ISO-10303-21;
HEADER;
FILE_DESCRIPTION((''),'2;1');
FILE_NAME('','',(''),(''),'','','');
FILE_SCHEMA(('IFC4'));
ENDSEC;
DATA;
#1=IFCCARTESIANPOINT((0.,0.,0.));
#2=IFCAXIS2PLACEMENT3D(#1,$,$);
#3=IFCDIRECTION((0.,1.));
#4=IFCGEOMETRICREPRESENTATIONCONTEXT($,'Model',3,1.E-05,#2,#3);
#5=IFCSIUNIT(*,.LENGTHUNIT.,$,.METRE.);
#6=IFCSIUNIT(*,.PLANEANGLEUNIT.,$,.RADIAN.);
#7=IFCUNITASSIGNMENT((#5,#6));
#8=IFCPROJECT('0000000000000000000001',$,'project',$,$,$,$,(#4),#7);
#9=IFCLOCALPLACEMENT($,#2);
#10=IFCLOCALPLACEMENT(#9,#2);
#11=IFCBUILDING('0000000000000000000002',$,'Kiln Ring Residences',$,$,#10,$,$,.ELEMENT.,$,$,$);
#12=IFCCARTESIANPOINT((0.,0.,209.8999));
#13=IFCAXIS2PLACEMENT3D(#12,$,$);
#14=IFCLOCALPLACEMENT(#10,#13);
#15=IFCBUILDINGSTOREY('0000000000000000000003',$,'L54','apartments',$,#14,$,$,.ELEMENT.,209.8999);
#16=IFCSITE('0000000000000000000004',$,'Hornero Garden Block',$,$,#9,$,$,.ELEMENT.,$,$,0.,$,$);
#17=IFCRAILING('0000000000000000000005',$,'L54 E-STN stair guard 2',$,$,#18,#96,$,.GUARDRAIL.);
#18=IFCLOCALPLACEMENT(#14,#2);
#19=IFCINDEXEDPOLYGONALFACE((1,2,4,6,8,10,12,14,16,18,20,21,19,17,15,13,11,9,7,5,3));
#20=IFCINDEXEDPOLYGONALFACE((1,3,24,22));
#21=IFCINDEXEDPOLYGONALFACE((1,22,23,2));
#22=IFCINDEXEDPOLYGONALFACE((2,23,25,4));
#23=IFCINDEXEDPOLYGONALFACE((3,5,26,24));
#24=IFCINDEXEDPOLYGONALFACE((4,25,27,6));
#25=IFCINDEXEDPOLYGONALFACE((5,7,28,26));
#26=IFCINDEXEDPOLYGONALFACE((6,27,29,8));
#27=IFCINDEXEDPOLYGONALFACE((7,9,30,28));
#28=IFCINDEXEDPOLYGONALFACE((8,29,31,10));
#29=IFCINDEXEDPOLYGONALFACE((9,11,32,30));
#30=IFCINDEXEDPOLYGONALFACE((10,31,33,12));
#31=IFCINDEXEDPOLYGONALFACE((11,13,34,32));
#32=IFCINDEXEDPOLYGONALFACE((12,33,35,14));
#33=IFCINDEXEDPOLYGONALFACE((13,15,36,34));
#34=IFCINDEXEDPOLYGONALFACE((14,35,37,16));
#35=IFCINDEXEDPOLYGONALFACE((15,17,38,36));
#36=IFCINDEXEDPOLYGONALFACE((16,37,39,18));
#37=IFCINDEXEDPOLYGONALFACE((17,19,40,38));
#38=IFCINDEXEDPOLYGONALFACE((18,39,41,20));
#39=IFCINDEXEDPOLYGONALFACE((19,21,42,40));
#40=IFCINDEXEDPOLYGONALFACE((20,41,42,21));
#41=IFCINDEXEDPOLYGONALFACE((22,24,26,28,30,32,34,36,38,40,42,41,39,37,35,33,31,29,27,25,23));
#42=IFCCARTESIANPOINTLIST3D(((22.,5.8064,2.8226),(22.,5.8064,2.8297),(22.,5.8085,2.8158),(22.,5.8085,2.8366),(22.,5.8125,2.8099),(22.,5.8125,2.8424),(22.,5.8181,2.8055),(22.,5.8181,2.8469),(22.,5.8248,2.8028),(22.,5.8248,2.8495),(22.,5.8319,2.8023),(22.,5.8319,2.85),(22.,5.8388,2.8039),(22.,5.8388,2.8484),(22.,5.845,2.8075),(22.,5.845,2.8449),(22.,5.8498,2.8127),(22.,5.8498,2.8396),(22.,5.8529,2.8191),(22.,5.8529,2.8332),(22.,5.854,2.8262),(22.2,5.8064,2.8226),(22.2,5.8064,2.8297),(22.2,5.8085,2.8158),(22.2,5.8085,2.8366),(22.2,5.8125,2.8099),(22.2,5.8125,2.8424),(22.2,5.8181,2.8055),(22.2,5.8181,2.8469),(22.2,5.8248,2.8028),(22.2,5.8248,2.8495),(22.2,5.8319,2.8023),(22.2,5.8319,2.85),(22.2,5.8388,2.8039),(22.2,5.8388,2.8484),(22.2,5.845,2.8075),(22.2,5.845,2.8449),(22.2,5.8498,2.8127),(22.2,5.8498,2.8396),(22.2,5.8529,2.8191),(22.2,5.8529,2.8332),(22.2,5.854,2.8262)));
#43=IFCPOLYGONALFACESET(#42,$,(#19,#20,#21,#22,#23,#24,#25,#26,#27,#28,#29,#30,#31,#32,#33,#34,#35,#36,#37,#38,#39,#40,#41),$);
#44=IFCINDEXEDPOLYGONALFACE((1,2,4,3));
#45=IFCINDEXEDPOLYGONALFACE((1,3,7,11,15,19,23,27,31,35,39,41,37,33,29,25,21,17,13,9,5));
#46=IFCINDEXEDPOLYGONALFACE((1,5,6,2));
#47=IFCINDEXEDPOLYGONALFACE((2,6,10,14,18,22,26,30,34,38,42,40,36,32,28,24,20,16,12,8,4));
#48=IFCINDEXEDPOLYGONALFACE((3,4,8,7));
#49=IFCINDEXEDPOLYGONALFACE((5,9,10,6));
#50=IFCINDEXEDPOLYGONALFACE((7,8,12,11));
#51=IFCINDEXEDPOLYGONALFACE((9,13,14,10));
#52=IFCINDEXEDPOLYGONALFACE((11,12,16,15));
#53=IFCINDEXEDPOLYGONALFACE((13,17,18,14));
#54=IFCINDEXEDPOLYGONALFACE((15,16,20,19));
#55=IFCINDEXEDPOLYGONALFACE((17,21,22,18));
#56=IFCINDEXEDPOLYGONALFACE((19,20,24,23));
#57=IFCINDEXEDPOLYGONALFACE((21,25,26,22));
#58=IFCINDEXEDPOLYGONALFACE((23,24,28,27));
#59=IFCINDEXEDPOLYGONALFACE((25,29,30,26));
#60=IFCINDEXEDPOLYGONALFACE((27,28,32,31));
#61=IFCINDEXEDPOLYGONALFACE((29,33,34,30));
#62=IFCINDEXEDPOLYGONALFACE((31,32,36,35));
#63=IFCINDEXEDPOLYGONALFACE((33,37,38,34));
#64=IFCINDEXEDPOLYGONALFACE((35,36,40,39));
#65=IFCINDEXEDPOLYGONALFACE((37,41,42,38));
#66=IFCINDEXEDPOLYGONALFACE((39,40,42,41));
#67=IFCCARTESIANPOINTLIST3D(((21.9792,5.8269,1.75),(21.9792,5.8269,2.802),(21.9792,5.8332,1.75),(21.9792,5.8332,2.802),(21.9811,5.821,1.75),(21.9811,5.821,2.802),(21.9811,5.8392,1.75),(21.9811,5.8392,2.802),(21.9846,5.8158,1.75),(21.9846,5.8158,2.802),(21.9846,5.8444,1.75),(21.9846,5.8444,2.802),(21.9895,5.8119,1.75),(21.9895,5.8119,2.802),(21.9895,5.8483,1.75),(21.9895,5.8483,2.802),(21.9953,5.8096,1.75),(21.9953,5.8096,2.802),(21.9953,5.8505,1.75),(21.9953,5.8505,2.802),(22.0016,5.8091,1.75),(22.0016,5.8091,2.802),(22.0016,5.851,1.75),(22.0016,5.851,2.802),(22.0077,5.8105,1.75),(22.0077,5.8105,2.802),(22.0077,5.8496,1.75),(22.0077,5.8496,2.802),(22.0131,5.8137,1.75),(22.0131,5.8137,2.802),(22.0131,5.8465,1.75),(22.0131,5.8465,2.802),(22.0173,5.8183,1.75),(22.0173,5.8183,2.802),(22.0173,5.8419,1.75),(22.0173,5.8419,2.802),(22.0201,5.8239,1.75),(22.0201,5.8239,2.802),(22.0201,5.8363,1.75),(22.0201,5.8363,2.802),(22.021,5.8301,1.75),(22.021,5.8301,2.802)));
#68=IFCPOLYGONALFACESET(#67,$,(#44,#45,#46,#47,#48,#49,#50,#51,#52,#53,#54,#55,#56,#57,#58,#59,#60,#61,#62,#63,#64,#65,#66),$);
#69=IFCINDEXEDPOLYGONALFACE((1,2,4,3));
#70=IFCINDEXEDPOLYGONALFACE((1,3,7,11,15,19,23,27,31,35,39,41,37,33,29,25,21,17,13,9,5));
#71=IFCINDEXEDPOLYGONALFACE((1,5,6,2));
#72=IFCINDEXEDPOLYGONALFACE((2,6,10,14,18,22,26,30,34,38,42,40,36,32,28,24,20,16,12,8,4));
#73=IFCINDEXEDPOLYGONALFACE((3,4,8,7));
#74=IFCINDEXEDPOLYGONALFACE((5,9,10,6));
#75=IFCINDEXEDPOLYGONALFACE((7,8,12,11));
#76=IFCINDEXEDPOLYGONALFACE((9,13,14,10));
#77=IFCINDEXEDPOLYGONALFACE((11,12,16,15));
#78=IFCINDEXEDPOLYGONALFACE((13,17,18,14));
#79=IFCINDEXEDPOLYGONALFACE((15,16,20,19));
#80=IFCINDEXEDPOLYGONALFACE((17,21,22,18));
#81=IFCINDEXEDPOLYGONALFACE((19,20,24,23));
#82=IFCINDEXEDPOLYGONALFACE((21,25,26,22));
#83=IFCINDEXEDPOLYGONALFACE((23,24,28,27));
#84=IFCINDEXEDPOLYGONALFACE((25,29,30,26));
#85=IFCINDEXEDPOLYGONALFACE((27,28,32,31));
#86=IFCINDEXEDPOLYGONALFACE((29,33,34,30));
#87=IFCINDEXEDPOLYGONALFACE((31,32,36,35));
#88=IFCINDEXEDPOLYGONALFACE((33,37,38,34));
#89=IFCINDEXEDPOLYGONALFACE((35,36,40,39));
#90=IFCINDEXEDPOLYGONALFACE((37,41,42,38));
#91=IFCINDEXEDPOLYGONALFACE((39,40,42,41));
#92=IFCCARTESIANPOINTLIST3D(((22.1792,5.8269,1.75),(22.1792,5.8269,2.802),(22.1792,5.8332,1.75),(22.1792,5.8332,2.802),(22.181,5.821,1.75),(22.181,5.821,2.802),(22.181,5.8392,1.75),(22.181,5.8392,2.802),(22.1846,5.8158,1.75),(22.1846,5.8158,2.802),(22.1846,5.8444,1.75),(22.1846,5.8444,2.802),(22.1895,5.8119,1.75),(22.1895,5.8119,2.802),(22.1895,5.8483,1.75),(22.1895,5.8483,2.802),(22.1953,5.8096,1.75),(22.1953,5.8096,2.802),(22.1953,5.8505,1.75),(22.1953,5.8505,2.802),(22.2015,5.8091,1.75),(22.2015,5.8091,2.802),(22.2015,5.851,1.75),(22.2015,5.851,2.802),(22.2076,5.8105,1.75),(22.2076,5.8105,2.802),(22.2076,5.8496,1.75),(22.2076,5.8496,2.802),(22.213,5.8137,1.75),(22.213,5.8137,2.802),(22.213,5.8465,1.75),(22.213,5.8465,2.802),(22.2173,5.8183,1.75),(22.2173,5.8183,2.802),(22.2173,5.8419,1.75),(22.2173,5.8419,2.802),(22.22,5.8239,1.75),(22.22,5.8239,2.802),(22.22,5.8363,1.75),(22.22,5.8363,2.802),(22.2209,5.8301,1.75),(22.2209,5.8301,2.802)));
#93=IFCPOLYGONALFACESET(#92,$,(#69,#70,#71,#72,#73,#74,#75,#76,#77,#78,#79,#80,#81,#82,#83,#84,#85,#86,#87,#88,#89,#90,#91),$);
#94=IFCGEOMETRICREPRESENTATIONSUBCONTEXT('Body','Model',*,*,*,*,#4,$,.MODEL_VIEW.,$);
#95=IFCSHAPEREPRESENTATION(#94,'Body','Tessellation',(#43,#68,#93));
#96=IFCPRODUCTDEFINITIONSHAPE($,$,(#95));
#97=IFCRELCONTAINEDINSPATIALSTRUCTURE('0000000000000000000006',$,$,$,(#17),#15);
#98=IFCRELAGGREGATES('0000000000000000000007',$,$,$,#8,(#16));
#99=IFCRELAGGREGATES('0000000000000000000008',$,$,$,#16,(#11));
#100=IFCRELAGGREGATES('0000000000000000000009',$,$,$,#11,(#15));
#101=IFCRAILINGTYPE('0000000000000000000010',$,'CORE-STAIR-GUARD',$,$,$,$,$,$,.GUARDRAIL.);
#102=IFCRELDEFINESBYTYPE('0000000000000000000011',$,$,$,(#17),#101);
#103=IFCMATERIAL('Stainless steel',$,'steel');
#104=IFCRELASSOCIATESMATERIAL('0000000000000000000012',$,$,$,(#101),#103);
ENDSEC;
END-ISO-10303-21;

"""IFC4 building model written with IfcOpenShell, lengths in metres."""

from ifc_helpers import new_model, si_unit, direction, frame, origin, origin_2d, place, context, subcontext, project, spatial, circle, extrude, material, type_object, element, save


model = new_model("IFC4")

# Units and contexts
model_context = context("Model", 3, precision=1e-05, world=origin(), true_north=direction((0.0, 1.0)))
body_context = subcontext(model_context, "Body", "Model", "MODEL_VIEW")
ifc_project = project(units=[si_unit("LENGTHUNIT", "METRE"), si_unit("PLANEANGLEUNIT", "RADIAN")], contexts=[model_context])

# Site, building, storey
site_placement = place(None, origin())
site = spatial("IfcSite", under=ifc_project, at=site_placement, Name="Hornero Garden Block", CompositionType="ELEMENT", RefElevation=0.0)
building_placement = place(site_placement, origin())
building = spatial("IfcBuilding", under=site, at=building_placement, Name="Kiln Ring Residences", CompositionType="ELEMENT")
storey_placement = place(building_placement, frame((0.0, 0.0, 209.8999)))
storey = spatial("IfcBuildingStorey", under=building, at=storey_placement, Name="L54", Description="apartments", CompositionType="ELEMENT", Elevation=209.8999)

# Railing
ifc_material_1 = material(Name="Stainless steel", Category="steel")
railing_type_1 = type_object("IfcRailingType", Name="CORE-STAIR-GUARD", PredefinedType="GUARDRAIL", material=ifc_material_1)
railing_1_placement = place(storey_placement, frame((22.0, 5.8301, 1.75)))
element("IfcRailing", 1, at=railing_1_placement, inside=storey, type_object=railing_type_1, Name="L54 E-STN stair guard 2", PredefinedType="GUARDRAIL", context=body_context, shape_type="SweptSolid", body=[
    extrude(circle(Radius=0.0239, at=origin_2d()), frame((0.0, 0.0, 1.0762), z_axis=(1.0, 0.0, 0.0), x_axis=(0.0, 1.0, 0.0)), (0.0, 0.0, 1.0), 0.2),
    extrude(circle(Radius=0.021, at=origin_2d()), origin(), (0.0, 0.0, 1.0), 1.052),
    extrude(circle(Radius=0.021, at=origin_2d()), frame((0.2, 0.0, 0.0)), (0.0, 0.0, 1.0), 1.052),
])

save(model, "model.ifc")
